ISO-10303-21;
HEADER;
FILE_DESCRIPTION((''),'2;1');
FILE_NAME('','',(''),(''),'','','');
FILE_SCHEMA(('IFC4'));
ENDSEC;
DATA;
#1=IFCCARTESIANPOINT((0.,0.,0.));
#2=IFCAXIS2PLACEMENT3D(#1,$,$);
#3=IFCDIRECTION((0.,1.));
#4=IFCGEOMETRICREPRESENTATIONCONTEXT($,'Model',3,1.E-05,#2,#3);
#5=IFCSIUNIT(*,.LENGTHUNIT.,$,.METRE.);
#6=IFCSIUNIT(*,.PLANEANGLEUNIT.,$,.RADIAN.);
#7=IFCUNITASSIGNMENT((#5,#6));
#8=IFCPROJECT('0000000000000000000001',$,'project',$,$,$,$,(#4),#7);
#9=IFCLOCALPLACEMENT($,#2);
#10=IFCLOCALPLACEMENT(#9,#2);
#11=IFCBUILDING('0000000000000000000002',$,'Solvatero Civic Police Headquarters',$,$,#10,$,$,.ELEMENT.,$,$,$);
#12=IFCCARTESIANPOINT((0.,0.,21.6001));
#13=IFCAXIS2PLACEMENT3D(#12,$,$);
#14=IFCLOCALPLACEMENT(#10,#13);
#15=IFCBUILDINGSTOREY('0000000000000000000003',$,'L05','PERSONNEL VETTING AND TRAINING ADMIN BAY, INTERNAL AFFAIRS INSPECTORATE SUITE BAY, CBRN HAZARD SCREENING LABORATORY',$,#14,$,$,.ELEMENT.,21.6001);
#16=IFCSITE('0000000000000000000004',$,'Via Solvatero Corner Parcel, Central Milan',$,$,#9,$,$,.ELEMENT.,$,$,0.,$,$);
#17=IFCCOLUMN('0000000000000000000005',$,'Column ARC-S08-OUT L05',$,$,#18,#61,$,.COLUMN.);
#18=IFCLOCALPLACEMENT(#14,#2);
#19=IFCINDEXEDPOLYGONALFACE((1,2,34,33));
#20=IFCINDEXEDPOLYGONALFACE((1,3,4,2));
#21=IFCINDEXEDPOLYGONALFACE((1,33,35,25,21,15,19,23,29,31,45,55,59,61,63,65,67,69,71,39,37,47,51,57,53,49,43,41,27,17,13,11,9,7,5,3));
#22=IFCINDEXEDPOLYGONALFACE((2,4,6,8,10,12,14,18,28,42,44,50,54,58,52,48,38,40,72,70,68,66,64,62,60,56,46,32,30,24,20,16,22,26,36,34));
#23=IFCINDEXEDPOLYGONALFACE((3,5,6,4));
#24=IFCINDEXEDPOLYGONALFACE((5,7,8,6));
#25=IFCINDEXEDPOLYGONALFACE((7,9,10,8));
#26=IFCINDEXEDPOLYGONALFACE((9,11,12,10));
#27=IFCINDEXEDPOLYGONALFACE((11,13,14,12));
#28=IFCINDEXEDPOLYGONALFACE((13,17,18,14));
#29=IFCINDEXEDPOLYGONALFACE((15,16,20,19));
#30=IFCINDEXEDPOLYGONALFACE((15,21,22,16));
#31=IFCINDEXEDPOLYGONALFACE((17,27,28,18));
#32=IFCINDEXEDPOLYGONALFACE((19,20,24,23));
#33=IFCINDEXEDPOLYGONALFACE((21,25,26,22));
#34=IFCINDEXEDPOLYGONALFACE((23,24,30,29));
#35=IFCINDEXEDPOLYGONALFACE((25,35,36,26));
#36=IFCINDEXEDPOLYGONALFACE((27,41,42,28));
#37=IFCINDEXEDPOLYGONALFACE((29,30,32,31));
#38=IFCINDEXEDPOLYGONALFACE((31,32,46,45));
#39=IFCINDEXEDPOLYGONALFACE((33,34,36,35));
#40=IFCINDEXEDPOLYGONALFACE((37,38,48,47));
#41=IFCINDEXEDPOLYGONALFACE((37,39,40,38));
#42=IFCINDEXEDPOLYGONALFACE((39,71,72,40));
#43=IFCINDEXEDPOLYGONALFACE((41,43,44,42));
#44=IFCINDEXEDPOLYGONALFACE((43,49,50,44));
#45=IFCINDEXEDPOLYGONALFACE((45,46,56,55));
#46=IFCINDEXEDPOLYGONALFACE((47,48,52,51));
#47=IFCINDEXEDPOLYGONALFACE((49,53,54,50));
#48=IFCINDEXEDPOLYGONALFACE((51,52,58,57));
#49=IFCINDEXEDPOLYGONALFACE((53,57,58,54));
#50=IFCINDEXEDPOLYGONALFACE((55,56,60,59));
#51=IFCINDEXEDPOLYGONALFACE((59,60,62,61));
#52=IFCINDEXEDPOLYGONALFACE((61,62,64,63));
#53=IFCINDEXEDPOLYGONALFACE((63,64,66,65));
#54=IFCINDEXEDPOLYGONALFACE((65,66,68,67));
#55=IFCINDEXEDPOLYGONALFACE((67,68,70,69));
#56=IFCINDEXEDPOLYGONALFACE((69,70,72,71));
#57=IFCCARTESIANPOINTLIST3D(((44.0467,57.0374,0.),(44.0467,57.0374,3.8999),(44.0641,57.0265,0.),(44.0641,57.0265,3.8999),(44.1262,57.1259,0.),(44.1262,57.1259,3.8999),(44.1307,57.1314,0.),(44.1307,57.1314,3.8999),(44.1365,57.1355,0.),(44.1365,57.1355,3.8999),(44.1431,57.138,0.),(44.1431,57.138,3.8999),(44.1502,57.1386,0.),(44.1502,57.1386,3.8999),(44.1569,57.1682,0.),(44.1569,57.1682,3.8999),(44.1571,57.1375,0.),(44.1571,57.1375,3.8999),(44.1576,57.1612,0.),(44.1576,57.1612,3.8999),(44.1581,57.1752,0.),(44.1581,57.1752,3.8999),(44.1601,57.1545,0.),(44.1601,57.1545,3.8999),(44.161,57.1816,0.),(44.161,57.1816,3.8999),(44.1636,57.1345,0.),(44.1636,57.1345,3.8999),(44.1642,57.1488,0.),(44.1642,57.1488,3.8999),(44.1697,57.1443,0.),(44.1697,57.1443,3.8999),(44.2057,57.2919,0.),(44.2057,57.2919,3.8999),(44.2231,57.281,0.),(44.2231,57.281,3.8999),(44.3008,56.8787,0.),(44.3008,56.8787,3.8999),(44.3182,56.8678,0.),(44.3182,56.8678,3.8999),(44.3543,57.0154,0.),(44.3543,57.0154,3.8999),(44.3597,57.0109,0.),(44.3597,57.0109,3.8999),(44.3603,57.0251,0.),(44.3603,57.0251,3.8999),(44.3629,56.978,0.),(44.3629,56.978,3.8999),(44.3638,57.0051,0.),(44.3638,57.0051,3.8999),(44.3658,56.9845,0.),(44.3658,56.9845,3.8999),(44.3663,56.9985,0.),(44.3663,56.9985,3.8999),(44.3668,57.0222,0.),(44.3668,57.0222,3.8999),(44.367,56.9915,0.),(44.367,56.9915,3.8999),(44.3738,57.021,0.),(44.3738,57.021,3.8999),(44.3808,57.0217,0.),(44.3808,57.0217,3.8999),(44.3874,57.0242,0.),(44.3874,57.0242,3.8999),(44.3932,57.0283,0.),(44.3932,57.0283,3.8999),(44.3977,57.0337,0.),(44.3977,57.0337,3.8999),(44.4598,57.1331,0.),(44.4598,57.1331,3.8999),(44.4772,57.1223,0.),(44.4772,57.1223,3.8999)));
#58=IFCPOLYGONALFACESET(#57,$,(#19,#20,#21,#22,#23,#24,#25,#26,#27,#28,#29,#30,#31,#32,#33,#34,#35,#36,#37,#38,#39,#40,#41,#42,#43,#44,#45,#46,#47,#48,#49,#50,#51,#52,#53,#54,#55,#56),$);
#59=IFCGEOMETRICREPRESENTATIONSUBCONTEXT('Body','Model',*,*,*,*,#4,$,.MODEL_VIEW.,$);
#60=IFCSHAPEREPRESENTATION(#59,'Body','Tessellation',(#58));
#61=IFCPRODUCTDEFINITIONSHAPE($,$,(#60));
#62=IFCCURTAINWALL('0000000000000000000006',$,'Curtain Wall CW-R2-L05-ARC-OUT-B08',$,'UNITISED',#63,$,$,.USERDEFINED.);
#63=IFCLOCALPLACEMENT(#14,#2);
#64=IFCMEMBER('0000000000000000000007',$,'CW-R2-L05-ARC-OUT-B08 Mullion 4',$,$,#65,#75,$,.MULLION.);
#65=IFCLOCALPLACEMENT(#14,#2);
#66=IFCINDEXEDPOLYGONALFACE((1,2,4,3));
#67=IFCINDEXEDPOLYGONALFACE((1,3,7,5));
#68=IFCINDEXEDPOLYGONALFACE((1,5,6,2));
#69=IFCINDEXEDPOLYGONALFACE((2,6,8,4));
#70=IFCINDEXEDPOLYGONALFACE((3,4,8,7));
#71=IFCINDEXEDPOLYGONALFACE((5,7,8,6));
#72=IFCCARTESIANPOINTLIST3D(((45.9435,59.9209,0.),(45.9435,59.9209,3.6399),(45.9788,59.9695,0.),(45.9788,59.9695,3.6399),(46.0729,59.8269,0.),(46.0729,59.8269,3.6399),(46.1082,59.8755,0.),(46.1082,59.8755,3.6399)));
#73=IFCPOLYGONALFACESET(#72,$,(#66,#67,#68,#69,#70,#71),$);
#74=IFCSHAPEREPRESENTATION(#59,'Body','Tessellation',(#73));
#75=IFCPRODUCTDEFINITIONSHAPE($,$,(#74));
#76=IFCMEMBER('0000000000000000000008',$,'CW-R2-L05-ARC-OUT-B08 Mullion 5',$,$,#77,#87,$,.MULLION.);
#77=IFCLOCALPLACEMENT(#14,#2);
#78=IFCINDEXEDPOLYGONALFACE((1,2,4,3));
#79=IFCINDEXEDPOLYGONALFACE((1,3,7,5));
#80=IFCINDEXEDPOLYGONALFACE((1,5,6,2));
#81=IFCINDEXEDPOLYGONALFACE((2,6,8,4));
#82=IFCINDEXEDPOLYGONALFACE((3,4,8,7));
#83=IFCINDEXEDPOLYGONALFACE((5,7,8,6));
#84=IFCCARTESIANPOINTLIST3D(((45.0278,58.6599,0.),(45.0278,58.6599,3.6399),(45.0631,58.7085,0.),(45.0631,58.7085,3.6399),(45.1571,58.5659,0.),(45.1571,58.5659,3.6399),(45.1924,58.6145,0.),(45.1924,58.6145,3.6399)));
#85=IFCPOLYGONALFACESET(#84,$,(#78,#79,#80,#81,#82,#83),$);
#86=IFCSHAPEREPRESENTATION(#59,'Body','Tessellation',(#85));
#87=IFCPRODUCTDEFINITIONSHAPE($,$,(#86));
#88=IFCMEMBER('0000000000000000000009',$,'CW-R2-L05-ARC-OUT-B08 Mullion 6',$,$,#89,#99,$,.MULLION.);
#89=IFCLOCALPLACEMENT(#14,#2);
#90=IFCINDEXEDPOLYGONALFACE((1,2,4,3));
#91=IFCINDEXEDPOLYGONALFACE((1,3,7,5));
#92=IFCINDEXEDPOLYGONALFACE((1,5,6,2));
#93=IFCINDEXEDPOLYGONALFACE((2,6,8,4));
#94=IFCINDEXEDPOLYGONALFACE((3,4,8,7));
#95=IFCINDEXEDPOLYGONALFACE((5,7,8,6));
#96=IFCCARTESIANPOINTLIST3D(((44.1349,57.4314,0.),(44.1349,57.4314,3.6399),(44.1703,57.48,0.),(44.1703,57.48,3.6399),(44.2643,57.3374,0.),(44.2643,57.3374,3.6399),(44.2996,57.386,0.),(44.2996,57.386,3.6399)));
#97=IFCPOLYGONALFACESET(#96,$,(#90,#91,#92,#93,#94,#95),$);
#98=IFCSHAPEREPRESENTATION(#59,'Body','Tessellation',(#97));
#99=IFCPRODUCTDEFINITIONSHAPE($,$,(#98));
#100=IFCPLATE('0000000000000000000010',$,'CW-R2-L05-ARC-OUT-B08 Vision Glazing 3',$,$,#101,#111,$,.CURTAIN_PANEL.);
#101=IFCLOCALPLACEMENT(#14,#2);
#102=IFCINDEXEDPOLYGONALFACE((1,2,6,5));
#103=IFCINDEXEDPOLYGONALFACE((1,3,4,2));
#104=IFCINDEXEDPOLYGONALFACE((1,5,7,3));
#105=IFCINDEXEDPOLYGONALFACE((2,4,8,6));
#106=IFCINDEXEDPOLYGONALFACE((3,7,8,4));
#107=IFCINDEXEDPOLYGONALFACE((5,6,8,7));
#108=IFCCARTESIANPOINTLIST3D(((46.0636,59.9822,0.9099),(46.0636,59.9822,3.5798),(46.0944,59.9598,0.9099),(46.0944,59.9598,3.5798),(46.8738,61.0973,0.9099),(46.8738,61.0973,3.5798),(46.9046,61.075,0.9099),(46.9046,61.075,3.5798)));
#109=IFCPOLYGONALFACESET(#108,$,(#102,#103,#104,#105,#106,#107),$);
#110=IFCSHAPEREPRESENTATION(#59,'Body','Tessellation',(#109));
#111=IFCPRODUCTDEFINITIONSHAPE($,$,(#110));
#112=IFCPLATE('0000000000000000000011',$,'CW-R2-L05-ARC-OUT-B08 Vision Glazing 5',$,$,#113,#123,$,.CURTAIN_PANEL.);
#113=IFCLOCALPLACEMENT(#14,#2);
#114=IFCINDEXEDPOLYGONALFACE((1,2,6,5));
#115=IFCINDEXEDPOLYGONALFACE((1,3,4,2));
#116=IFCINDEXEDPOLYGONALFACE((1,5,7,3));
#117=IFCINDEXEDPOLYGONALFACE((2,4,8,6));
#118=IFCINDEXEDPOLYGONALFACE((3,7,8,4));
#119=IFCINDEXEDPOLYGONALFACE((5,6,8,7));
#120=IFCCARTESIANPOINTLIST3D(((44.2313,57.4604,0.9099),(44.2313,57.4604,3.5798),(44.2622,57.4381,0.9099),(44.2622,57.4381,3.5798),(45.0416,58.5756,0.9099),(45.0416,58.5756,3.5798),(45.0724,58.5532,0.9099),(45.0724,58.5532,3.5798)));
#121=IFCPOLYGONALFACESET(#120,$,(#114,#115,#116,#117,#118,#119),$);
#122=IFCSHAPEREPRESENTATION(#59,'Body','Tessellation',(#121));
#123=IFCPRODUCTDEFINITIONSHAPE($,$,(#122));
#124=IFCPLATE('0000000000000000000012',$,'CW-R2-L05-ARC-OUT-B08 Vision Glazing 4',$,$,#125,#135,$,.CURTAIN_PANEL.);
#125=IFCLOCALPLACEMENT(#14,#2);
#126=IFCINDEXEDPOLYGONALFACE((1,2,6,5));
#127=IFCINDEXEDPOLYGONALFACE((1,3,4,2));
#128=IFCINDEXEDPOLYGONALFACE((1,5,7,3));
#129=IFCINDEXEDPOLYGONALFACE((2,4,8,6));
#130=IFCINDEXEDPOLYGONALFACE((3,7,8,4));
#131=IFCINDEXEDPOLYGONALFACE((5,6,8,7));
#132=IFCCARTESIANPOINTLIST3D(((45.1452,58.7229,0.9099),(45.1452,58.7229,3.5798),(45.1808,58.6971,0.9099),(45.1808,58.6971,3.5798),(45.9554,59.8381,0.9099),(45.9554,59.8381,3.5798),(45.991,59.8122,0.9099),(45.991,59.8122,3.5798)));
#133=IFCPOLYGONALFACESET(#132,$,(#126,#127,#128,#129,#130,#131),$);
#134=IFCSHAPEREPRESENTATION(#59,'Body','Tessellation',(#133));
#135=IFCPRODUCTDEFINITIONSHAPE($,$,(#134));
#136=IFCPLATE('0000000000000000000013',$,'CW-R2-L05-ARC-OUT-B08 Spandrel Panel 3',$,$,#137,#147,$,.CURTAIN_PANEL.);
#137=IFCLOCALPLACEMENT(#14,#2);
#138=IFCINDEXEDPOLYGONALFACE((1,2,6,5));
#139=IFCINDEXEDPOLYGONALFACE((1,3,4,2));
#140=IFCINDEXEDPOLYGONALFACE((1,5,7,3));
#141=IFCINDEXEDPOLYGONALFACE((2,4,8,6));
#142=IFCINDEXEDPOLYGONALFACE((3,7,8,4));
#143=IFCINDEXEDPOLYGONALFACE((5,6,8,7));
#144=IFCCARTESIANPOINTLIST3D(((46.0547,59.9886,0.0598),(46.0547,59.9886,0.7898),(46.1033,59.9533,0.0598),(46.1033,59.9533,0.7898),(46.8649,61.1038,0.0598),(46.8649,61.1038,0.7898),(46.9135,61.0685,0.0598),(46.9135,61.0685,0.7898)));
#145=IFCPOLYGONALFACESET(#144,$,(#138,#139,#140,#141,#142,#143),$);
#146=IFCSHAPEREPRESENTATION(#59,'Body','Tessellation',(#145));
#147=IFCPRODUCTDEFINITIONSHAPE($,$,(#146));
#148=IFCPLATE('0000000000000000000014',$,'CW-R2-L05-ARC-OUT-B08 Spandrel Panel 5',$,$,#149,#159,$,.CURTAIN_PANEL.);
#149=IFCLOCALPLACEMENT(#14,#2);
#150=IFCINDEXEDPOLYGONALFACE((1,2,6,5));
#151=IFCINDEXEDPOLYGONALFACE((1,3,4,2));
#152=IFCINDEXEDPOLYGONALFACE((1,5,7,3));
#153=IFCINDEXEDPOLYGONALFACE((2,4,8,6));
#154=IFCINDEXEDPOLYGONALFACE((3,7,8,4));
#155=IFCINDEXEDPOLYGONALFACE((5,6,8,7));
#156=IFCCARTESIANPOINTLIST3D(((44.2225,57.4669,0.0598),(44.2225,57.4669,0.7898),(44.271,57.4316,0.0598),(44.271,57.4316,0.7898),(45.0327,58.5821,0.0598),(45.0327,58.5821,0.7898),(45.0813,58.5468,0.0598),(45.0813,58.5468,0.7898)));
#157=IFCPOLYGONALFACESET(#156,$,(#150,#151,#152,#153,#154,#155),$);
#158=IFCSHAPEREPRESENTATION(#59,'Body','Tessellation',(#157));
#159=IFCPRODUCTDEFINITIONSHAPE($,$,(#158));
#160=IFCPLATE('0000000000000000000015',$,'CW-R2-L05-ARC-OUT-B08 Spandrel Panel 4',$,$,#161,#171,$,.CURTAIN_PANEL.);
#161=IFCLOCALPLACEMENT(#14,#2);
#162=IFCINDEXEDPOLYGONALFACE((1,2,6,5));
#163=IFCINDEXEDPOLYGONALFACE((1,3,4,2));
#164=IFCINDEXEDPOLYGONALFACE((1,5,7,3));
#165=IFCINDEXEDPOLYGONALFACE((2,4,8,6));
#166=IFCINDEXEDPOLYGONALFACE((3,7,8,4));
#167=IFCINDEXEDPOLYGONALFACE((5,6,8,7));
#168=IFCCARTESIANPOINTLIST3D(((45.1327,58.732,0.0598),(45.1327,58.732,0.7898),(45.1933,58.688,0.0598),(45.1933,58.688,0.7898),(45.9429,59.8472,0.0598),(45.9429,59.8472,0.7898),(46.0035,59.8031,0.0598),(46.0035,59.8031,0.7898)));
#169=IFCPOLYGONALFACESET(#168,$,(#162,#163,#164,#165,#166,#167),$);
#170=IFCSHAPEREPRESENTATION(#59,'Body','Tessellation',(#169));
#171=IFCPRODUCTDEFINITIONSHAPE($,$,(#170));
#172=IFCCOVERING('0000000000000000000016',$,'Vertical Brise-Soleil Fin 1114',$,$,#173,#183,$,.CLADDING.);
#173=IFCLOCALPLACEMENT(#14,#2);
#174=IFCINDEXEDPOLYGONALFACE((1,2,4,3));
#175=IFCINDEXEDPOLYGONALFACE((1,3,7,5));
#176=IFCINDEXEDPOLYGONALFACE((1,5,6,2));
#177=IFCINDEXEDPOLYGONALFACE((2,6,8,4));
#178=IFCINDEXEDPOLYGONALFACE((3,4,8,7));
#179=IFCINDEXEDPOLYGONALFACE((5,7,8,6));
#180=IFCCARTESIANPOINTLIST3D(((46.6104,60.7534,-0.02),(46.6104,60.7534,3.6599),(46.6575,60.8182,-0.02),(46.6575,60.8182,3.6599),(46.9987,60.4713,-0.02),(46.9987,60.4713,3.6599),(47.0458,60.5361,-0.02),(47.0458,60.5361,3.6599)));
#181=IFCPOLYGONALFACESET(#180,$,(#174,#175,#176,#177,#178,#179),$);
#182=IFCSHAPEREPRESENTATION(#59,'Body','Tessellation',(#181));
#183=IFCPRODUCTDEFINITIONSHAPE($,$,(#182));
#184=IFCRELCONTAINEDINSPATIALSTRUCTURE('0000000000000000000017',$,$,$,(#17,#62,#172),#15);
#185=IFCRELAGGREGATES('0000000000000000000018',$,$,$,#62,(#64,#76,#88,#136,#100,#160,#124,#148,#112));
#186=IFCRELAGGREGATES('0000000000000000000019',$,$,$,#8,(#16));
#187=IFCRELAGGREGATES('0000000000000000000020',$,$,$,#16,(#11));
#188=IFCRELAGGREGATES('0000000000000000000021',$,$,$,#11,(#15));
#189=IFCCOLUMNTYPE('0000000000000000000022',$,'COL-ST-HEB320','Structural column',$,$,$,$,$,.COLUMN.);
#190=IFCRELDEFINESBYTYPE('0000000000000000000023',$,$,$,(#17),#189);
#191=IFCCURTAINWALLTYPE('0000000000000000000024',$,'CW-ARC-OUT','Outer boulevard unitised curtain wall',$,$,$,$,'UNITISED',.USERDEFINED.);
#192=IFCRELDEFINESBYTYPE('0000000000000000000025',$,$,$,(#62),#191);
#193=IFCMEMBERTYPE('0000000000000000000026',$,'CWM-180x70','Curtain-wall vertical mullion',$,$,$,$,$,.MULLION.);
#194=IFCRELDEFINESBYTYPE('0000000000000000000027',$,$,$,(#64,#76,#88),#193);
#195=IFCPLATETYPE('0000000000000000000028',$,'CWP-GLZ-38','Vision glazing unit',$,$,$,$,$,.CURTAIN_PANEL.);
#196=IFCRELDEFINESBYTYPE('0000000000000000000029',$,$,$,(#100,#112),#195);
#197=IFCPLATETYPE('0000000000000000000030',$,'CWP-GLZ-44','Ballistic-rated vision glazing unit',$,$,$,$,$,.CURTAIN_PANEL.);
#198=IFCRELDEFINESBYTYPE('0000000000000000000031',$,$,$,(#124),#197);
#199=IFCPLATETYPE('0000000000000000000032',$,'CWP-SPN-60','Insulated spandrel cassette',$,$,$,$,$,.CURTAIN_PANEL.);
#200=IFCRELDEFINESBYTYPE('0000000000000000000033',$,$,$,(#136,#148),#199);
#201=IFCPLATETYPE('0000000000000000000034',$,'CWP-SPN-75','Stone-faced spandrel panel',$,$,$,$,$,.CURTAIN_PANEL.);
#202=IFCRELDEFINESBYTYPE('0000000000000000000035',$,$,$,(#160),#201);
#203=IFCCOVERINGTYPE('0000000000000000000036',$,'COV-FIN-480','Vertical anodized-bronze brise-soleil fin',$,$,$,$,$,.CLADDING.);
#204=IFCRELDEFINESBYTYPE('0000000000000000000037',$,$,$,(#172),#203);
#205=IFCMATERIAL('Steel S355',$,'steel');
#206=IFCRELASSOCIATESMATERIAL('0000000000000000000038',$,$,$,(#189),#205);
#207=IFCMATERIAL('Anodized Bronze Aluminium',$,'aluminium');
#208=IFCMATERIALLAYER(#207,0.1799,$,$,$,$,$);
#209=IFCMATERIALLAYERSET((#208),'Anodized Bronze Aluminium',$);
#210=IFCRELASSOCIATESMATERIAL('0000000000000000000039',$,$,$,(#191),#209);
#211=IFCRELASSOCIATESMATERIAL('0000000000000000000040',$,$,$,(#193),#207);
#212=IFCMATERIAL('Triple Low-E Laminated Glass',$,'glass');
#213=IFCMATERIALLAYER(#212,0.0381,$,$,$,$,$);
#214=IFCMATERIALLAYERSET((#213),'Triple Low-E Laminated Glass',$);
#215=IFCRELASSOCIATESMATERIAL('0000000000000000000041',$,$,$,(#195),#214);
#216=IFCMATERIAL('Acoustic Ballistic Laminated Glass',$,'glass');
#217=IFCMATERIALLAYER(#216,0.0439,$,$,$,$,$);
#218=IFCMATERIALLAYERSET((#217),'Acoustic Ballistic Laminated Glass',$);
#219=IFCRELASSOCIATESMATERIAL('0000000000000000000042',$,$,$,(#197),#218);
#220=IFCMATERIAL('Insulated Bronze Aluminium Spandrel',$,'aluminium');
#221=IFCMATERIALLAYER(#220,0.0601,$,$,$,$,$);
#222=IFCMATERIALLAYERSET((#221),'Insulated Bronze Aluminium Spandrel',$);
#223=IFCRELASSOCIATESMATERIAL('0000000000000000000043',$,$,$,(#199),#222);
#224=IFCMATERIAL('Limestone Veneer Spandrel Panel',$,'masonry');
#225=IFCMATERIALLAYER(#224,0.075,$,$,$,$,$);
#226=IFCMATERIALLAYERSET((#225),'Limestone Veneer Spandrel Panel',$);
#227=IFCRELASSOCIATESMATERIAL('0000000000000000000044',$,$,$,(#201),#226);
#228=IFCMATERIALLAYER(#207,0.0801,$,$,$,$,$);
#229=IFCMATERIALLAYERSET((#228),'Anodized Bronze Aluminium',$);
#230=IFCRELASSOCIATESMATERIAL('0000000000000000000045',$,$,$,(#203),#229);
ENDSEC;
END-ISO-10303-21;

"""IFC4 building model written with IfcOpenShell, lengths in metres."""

from ifc_helpers import new_model, si_unit, direction, frame, origin, origin_2d, place, context, subcontext, project, spatial, rectangle, i_section, extrude, material, layer, layer_set, material_profile, profile_set, type_object, element, aggregate, save


model = new_model("IFC4")

# Units and contexts
model_context = context("Model", 3, precision=1e-05, world=origin(), true_north=direction((0.0, 1.0)))
body_context = subcontext(model_context, "Body", "Model", "MODEL_VIEW")
ifc_project = project(units=[si_unit("LENGTHUNIT", "METRE"), si_unit("PLANEANGLEUNIT", "RADIAN")], contexts=[model_context])

# Site, building, storey
site_placement = place(None, origin())
site = spatial("IfcSite", under=ifc_project, at=site_placement, Name="Via Solvatero Corner Parcel, Central Milan", CompositionType="ELEMENT", RefElevation=0.0)
building_placement = place(site_placement, origin())
building = spatial("IfcBuilding", under=site, at=building_placement, Name="Solvatero Civic Police Headquarters", CompositionType="ELEMENT")
storey_placement = place(building_placement, frame((0.0, 0.0, 21.6001)))
storey = spatial("IfcBuildingStorey", under=building, at=storey_placement, Name="L05", Description="PERSONNEL VETTING AND TRAINING ADMIN BAY, INTERNAL AFFAIRS INSPECTORATE SUITE BAY, CBRN HAZARD SCREENING LABORATORY", CompositionType="ELEMENT", Elevation=21.6001)

# Column
ifc_material_1 = material(Name="Steel S355", Category="steel")
ifc_material_profile_1 = material_profile(ifc_material_1, i_section(OverallWidth=0.3, OverallDepth=0.3201, WebThickness=0.0115, FlangeThickness=0.0205, FilletRadius=0.0271, at=origin_2d()), Name="HEB 320")
ifc_profile_set_1 = profile_set([ifc_material_profile_1], Name="Steel S355")
column_type = type_object("IfcColumnType", Name="COL-ST-HEB320", Description="Structural column", PredefinedType="COLUMN", material=ifc_profile_set_1)
column_placement = place(storey_placement, frame((44.262, 57.0798, 0.0), z_axis=(0.0, 0.0, 1.0), x_axis=(0.529919, 0.848048, 0.0)))
element("IfcColumn", 1, at=column_placement, inside=storey, type_object=column_type, Name="Column ARC-S08-OUT L05", PredefinedType="COLUMN", context=body_context, shape_type="SweptSolid", body=[
    extrude(i_section(OverallWidth=0.3, OverallDepth=0.3201, WebThickness=0.0115, FlangeThickness=0.0205, FilletRadius=0.0271, at=origin_2d()), origin(), (0.0, 0.0, 1.0), 3.8999),
])

# Curtain wall, members, plates
ifc_material_2 = material(Name="Anodized Bronze Aluminium", Category="aluminium")
ifc_layer_1 = layer(ifc_material_2, 0.1799)
ifc_layer_set_1 = layer_set([ifc_layer_1], Name="Anodized Bronze Aluminium")
curtain_wall_type = type_object("IfcCurtainWallType", Name="CW-ARC-OUT", Description="Outer boulevard unitised curtain wall", ElementType="UNITISED", PredefinedType="USERDEFINED", material=ifc_layer_set_1)
curtain_wall_placement = place(storey_placement, origin())
curtain_wall = element("IfcCurtainWall", 2, at=curtain_wall_placement, inside=storey, type_object=curtain_wall_type, Name="Curtain Wall CW-R2-L05-ARC-OUT-B08", ObjectType="UNITISED", PredefinedType="USERDEFINED")
ifc_material_profile_2 = material_profile(ifc_material_2, rectangle(XDim=0.0601, YDim=0.1599, at=origin_2d()), Name="ALU MULLION 60x160")
ifc_profile_set_2 = profile_set([ifc_material_profile_2], Name="Anodized Bronze Aluminium")
member_type = type_object("IfcMemberType", Name="CWM-180x70", Description="Curtain-wall vertical mullion", PredefinedType="MULLION", material=ifc_profile_set_2)
member_1_placement = place(storey_placement, frame((46.0259, 59.8982, 0.0), z_axis=(0.0, 0.0, 1.0), x_axis=(-0.587785, -0.809017, 0.0)))
member_1 = element("IfcMember", 3, at=member_1_placement, type_object=member_type, Name="CW-R2-L05-ARC-OUT-B08 Mullion 4", PredefinedType="MULLION", context=body_context, shape_type="SweptSolid", body=[
    extrude(rectangle(XDim=0.0601, YDim=0.1599, at=origin_2d()), origin(), (0.0, 0.0, 1.0), 3.6399),
])
member_2_placement = place(storey_placement, frame((45.1101, 58.6372, 0.0), z_axis=(0.0, 0.0, 1.0), x_axis=(-0.587785, -0.809017, 0.0)))
member_2 = element("IfcMember", 4, at=member_2_placement, type_object=member_type, Name="CW-R2-L05-ARC-OUT-B08 Mullion 5", PredefinedType="MULLION", context=body_context, shape_type="SweptSolid", body=[
    extrude(rectangle(XDim=0.0601, YDim=0.1599, at=origin_2d()), origin(), (0.0, 0.0, 1.0), 3.6399),
])
member_3_placement = place(storey_placement, frame((44.2173, 57.4087, 0.0), z_axis=(0.0, 0.0, 1.0), x_axis=(-0.587785, -0.809017, 0.0)))
member_3 = element("IfcMember", 5, at=member_3_placement, type_object=member_type, Name="CW-R2-L05-ARC-OUT-B08 Mullion 6", PredefinedType="MULLION", context=body_context, shape_type="SweptSolid", body=[
    extrude(rectangle(XDim=0.0601, YDim=0.1599, at=origin_2d()), origin(), (0.0, 0.0, 1.0), 3.6399),
])
ifc_material_3 = material(Name="Triple Low-E Laminated Glass", Category="glass")
ifc_layer_2 = layer(ifc_material_3, 0.0381)
ifc_layer_set_2 = layer_set([ifc_layer_2], Name="Triple Low-E Laminated Glass")
plate_type_1 = type_object("IfcPlateType", Name="CWP-GLZ-38", Description="Vision glazing unit", PredefinedType="CURTAIN_PANEL", material=ifc_layer_set_2)
plate_1_placement = place(storey_placement, frame((46.4841, 60.5286, 0.9099), z_axis=(0.0, 0.0, 1.0), x_axis=(-0.587785, -0.809017, 0.0)))
plate_1 = element("IfcPlate", 6, at=plate_1_placement, type_object=plate_type_1, Name="CW-R2-L05-ARC-OUT-B08 Vision Glazing 3", PredefinedType="CURTAIN_PANEL", context=body_context, shape_type="SweptSolid", body=[
    extrude(rectangle(XDim=1.3784, YDim=0.0381, at=origin_2d()), origin(), (0.0, 0.0, 1.0), 2.6699),
])
plate_2_placement = place(storey_placement, frame((44.6519, 58.0068, 0.9099), z_axis=(0.0, 0.0, 1.0), x_axis=(-0.587785, -0.809017, 0.0)))
plate_2 = element("IfcPlate", 7, at=plate_2_placement, type_object=plate_type_1, Name="CW-R2-L05-ARC-OUT-B08 Vision Glazing 5", PredefinedType="CURTAIN_PANEL", context=body_context, shape_type="SweptSolid", body=[
    extrude(rectangle(XDim=1.3784, YDim=0.0381, at=origin_2d()), origin(), (0.0, 0.0, 1.0), 2.6699),
])
ifc_material_4 = material(Name="Acoustic Ballistic Laminated Glass", Category="glass")
ifc_layer_3 = layer(ifc_material_4, 0.0439)
ifc_layer_set_3 = layer_set([ifc_layer_3], Name="Acoustic Ballistic Laminated Glass")
plate_type_2 = type_object("IfcPlateType", Name="CWP-GLZ-44", Description="Ballistic-rated vision glazing unit", PredefinedType="CURTAIN_PANEL", material=ifc_layer_set_3)
plate_3_placement = place(storey_placement, frame((45.5681, 59.2676, 0.9099), z_axis=(0.0, 0.0, 1.0), x_axis=(-0.587785, -0.809017, 0.0)))
plate_3 = element("IfcPlate", 8, at=plate_3_placement, type_object=plate_type_2, Name="CW-R2-L05-ARC-OUT-B08 Vision Glazing 4", PredefinedType="CURTAIN_PANEL", context=body_context, shape_type="SweptSolid", body=[
    extrude(rectangle(XDim=1.3784, YDim=0.0439, at=origin_2d()), origin(), (0.0, 0.0, 1.0), 2.6699),
])
ifc_material_5 = material(Name="Insulated Bronze Aluminium Spandrel", Category="aluminium")
ifc_layer_4 = layer(ifc_material_5, 0.0601)
ifc_layer_set_4 = layer_set([ifc_layer_4], Name="Insulated Bronze Aluminium Spandrel")
plate_type_3 = type_object("IfcPlateType", Name="CWP-SPN-60", Description="Insulated spandrel cassette", PredefinedType="CURTAIN_PANEL", material=ifc_layer_set_4)
plate_4_placement = place(storey_placement, frame((46.4841, 60.5286, 0.0598), z_axis=(0.0, 0.0, 1.0), x_axis=(-0.587785, -0.809017, 0.0)))
plate_4 = element("IfcPlate", 9, at=plate_4_placement, type_object=plate_type_3, Name="CW-R2-L05-ARC-OUT-B08 Spandrel Panel 3", PredefinedType="CURTAIN_PANEL", context=body_context, shape_type="SweptSolid", body=[
    extrude(rectangle(XDim=1.3784, YDim=0.0601, at=origin_2d()), origin(), (0.0, 0.0, 1.0), 0.73),
])
plate_5_placement = place(storey_placement, frame((44.6519, 58.0068, 0.0598), z_axis=(0.0, 0.0, 1.0), x_axis=(-0.587785, -0.809017, 0.0)))
plate_5 = element("IfcPlate", 10, at=plate_5_placement, type_object=plate_type_3, Name="CW-R2-L05-ARC-OUT-B08 Spandrel Panel 5", PredefinedType="CURTAIN_PANEL", context=body_context, shape_type="SweptSolid", body=[
    extrude(rectangle(XDim=1.3784, YDim=0.0601, at=origin_2d()), origin(), (0.0, 0.0, 1.0), 0.73),
])
ifc_material_6 = material(Name="Limestone Veneer Spandrel Panel", Category="masonry")
ifc_layer_5 = layer(ifc_material_6, 0.075)
ifc_layer_set_5 = layer_set([ifc_layer_5], Name="Limestone Veneer Spandrel Panel")
plate_type_4 = type_object("IfcPlateType", Name="CWP-SPN-75", Description="Stone-faced spandrel panel", PredefinedType="CURTAIN_PANEL", material=ifc_layer_set_5)
plate_6_placement = place(storey_placement, frame((45.5681, 59.2676, 0.0598), z_axis=(0.0, 0.0, 1.0), x_axis=(-0.587785, -0.809017, 0.0)))
plate_6 = element("IfcPlate", 11, at=plate_6_placement, type_object=plate_type_4, Name="CW-R2-L05-ARC-OUT-B08 Spandrel Panel 4", PredefinedType="CURTAIN_PANEL", context=body_context, shape_type="SweptSolid", body=[
    extrude(rectangle(XDim=1.3784, YDim=0.075, at=origin_2d()), origin(), (0.0, 0.0, 1.0), 0.73),
])
aggregate(curtain_wall, [member_1, member_2, member_3, plate_4, plate_1, plate_6, plate_3, plate_5, plate_2])

# Covering
ifc_layer_6 = layer(ifc_material_2, 0.0801)
ifc_layer_set_6 = layer_set([ifc_layer_6], Name="Anodized Bronze Aluminium")
covering_type = type_object("IfcCoveringType", Name="COV-FIN-480", Description="Vertical anodized-bronze brise-soleil fin", PredefinedType="CLADDING", material=ifc_layer_set_6)
for number, where, z_axis, x_axis, name in (
    (12, (46.8281, 60.6448, -0.02), (0.0, 0.0, 1.0), (-0.587785, -0.809017, 0.0), "Vertical Brise-Soleil Fin 1114"),
):
    element("IfcCovering", number, at=place(storey_placement, frame(where, z_axis=z_axis, x_axis=x_axis)), inside=storey, type_object=covering_type, Name=name, PredefinedType="CLADDING", context=body_context, shape_type="SweptSolid", body=[
        extrude(rectangle(XDim=0.0801, YDim=0.48, at=origin_2d()), origin(), (0.0, 0.0, 1.0), 3.6799),
    ])

save(model, "model.ifc")
